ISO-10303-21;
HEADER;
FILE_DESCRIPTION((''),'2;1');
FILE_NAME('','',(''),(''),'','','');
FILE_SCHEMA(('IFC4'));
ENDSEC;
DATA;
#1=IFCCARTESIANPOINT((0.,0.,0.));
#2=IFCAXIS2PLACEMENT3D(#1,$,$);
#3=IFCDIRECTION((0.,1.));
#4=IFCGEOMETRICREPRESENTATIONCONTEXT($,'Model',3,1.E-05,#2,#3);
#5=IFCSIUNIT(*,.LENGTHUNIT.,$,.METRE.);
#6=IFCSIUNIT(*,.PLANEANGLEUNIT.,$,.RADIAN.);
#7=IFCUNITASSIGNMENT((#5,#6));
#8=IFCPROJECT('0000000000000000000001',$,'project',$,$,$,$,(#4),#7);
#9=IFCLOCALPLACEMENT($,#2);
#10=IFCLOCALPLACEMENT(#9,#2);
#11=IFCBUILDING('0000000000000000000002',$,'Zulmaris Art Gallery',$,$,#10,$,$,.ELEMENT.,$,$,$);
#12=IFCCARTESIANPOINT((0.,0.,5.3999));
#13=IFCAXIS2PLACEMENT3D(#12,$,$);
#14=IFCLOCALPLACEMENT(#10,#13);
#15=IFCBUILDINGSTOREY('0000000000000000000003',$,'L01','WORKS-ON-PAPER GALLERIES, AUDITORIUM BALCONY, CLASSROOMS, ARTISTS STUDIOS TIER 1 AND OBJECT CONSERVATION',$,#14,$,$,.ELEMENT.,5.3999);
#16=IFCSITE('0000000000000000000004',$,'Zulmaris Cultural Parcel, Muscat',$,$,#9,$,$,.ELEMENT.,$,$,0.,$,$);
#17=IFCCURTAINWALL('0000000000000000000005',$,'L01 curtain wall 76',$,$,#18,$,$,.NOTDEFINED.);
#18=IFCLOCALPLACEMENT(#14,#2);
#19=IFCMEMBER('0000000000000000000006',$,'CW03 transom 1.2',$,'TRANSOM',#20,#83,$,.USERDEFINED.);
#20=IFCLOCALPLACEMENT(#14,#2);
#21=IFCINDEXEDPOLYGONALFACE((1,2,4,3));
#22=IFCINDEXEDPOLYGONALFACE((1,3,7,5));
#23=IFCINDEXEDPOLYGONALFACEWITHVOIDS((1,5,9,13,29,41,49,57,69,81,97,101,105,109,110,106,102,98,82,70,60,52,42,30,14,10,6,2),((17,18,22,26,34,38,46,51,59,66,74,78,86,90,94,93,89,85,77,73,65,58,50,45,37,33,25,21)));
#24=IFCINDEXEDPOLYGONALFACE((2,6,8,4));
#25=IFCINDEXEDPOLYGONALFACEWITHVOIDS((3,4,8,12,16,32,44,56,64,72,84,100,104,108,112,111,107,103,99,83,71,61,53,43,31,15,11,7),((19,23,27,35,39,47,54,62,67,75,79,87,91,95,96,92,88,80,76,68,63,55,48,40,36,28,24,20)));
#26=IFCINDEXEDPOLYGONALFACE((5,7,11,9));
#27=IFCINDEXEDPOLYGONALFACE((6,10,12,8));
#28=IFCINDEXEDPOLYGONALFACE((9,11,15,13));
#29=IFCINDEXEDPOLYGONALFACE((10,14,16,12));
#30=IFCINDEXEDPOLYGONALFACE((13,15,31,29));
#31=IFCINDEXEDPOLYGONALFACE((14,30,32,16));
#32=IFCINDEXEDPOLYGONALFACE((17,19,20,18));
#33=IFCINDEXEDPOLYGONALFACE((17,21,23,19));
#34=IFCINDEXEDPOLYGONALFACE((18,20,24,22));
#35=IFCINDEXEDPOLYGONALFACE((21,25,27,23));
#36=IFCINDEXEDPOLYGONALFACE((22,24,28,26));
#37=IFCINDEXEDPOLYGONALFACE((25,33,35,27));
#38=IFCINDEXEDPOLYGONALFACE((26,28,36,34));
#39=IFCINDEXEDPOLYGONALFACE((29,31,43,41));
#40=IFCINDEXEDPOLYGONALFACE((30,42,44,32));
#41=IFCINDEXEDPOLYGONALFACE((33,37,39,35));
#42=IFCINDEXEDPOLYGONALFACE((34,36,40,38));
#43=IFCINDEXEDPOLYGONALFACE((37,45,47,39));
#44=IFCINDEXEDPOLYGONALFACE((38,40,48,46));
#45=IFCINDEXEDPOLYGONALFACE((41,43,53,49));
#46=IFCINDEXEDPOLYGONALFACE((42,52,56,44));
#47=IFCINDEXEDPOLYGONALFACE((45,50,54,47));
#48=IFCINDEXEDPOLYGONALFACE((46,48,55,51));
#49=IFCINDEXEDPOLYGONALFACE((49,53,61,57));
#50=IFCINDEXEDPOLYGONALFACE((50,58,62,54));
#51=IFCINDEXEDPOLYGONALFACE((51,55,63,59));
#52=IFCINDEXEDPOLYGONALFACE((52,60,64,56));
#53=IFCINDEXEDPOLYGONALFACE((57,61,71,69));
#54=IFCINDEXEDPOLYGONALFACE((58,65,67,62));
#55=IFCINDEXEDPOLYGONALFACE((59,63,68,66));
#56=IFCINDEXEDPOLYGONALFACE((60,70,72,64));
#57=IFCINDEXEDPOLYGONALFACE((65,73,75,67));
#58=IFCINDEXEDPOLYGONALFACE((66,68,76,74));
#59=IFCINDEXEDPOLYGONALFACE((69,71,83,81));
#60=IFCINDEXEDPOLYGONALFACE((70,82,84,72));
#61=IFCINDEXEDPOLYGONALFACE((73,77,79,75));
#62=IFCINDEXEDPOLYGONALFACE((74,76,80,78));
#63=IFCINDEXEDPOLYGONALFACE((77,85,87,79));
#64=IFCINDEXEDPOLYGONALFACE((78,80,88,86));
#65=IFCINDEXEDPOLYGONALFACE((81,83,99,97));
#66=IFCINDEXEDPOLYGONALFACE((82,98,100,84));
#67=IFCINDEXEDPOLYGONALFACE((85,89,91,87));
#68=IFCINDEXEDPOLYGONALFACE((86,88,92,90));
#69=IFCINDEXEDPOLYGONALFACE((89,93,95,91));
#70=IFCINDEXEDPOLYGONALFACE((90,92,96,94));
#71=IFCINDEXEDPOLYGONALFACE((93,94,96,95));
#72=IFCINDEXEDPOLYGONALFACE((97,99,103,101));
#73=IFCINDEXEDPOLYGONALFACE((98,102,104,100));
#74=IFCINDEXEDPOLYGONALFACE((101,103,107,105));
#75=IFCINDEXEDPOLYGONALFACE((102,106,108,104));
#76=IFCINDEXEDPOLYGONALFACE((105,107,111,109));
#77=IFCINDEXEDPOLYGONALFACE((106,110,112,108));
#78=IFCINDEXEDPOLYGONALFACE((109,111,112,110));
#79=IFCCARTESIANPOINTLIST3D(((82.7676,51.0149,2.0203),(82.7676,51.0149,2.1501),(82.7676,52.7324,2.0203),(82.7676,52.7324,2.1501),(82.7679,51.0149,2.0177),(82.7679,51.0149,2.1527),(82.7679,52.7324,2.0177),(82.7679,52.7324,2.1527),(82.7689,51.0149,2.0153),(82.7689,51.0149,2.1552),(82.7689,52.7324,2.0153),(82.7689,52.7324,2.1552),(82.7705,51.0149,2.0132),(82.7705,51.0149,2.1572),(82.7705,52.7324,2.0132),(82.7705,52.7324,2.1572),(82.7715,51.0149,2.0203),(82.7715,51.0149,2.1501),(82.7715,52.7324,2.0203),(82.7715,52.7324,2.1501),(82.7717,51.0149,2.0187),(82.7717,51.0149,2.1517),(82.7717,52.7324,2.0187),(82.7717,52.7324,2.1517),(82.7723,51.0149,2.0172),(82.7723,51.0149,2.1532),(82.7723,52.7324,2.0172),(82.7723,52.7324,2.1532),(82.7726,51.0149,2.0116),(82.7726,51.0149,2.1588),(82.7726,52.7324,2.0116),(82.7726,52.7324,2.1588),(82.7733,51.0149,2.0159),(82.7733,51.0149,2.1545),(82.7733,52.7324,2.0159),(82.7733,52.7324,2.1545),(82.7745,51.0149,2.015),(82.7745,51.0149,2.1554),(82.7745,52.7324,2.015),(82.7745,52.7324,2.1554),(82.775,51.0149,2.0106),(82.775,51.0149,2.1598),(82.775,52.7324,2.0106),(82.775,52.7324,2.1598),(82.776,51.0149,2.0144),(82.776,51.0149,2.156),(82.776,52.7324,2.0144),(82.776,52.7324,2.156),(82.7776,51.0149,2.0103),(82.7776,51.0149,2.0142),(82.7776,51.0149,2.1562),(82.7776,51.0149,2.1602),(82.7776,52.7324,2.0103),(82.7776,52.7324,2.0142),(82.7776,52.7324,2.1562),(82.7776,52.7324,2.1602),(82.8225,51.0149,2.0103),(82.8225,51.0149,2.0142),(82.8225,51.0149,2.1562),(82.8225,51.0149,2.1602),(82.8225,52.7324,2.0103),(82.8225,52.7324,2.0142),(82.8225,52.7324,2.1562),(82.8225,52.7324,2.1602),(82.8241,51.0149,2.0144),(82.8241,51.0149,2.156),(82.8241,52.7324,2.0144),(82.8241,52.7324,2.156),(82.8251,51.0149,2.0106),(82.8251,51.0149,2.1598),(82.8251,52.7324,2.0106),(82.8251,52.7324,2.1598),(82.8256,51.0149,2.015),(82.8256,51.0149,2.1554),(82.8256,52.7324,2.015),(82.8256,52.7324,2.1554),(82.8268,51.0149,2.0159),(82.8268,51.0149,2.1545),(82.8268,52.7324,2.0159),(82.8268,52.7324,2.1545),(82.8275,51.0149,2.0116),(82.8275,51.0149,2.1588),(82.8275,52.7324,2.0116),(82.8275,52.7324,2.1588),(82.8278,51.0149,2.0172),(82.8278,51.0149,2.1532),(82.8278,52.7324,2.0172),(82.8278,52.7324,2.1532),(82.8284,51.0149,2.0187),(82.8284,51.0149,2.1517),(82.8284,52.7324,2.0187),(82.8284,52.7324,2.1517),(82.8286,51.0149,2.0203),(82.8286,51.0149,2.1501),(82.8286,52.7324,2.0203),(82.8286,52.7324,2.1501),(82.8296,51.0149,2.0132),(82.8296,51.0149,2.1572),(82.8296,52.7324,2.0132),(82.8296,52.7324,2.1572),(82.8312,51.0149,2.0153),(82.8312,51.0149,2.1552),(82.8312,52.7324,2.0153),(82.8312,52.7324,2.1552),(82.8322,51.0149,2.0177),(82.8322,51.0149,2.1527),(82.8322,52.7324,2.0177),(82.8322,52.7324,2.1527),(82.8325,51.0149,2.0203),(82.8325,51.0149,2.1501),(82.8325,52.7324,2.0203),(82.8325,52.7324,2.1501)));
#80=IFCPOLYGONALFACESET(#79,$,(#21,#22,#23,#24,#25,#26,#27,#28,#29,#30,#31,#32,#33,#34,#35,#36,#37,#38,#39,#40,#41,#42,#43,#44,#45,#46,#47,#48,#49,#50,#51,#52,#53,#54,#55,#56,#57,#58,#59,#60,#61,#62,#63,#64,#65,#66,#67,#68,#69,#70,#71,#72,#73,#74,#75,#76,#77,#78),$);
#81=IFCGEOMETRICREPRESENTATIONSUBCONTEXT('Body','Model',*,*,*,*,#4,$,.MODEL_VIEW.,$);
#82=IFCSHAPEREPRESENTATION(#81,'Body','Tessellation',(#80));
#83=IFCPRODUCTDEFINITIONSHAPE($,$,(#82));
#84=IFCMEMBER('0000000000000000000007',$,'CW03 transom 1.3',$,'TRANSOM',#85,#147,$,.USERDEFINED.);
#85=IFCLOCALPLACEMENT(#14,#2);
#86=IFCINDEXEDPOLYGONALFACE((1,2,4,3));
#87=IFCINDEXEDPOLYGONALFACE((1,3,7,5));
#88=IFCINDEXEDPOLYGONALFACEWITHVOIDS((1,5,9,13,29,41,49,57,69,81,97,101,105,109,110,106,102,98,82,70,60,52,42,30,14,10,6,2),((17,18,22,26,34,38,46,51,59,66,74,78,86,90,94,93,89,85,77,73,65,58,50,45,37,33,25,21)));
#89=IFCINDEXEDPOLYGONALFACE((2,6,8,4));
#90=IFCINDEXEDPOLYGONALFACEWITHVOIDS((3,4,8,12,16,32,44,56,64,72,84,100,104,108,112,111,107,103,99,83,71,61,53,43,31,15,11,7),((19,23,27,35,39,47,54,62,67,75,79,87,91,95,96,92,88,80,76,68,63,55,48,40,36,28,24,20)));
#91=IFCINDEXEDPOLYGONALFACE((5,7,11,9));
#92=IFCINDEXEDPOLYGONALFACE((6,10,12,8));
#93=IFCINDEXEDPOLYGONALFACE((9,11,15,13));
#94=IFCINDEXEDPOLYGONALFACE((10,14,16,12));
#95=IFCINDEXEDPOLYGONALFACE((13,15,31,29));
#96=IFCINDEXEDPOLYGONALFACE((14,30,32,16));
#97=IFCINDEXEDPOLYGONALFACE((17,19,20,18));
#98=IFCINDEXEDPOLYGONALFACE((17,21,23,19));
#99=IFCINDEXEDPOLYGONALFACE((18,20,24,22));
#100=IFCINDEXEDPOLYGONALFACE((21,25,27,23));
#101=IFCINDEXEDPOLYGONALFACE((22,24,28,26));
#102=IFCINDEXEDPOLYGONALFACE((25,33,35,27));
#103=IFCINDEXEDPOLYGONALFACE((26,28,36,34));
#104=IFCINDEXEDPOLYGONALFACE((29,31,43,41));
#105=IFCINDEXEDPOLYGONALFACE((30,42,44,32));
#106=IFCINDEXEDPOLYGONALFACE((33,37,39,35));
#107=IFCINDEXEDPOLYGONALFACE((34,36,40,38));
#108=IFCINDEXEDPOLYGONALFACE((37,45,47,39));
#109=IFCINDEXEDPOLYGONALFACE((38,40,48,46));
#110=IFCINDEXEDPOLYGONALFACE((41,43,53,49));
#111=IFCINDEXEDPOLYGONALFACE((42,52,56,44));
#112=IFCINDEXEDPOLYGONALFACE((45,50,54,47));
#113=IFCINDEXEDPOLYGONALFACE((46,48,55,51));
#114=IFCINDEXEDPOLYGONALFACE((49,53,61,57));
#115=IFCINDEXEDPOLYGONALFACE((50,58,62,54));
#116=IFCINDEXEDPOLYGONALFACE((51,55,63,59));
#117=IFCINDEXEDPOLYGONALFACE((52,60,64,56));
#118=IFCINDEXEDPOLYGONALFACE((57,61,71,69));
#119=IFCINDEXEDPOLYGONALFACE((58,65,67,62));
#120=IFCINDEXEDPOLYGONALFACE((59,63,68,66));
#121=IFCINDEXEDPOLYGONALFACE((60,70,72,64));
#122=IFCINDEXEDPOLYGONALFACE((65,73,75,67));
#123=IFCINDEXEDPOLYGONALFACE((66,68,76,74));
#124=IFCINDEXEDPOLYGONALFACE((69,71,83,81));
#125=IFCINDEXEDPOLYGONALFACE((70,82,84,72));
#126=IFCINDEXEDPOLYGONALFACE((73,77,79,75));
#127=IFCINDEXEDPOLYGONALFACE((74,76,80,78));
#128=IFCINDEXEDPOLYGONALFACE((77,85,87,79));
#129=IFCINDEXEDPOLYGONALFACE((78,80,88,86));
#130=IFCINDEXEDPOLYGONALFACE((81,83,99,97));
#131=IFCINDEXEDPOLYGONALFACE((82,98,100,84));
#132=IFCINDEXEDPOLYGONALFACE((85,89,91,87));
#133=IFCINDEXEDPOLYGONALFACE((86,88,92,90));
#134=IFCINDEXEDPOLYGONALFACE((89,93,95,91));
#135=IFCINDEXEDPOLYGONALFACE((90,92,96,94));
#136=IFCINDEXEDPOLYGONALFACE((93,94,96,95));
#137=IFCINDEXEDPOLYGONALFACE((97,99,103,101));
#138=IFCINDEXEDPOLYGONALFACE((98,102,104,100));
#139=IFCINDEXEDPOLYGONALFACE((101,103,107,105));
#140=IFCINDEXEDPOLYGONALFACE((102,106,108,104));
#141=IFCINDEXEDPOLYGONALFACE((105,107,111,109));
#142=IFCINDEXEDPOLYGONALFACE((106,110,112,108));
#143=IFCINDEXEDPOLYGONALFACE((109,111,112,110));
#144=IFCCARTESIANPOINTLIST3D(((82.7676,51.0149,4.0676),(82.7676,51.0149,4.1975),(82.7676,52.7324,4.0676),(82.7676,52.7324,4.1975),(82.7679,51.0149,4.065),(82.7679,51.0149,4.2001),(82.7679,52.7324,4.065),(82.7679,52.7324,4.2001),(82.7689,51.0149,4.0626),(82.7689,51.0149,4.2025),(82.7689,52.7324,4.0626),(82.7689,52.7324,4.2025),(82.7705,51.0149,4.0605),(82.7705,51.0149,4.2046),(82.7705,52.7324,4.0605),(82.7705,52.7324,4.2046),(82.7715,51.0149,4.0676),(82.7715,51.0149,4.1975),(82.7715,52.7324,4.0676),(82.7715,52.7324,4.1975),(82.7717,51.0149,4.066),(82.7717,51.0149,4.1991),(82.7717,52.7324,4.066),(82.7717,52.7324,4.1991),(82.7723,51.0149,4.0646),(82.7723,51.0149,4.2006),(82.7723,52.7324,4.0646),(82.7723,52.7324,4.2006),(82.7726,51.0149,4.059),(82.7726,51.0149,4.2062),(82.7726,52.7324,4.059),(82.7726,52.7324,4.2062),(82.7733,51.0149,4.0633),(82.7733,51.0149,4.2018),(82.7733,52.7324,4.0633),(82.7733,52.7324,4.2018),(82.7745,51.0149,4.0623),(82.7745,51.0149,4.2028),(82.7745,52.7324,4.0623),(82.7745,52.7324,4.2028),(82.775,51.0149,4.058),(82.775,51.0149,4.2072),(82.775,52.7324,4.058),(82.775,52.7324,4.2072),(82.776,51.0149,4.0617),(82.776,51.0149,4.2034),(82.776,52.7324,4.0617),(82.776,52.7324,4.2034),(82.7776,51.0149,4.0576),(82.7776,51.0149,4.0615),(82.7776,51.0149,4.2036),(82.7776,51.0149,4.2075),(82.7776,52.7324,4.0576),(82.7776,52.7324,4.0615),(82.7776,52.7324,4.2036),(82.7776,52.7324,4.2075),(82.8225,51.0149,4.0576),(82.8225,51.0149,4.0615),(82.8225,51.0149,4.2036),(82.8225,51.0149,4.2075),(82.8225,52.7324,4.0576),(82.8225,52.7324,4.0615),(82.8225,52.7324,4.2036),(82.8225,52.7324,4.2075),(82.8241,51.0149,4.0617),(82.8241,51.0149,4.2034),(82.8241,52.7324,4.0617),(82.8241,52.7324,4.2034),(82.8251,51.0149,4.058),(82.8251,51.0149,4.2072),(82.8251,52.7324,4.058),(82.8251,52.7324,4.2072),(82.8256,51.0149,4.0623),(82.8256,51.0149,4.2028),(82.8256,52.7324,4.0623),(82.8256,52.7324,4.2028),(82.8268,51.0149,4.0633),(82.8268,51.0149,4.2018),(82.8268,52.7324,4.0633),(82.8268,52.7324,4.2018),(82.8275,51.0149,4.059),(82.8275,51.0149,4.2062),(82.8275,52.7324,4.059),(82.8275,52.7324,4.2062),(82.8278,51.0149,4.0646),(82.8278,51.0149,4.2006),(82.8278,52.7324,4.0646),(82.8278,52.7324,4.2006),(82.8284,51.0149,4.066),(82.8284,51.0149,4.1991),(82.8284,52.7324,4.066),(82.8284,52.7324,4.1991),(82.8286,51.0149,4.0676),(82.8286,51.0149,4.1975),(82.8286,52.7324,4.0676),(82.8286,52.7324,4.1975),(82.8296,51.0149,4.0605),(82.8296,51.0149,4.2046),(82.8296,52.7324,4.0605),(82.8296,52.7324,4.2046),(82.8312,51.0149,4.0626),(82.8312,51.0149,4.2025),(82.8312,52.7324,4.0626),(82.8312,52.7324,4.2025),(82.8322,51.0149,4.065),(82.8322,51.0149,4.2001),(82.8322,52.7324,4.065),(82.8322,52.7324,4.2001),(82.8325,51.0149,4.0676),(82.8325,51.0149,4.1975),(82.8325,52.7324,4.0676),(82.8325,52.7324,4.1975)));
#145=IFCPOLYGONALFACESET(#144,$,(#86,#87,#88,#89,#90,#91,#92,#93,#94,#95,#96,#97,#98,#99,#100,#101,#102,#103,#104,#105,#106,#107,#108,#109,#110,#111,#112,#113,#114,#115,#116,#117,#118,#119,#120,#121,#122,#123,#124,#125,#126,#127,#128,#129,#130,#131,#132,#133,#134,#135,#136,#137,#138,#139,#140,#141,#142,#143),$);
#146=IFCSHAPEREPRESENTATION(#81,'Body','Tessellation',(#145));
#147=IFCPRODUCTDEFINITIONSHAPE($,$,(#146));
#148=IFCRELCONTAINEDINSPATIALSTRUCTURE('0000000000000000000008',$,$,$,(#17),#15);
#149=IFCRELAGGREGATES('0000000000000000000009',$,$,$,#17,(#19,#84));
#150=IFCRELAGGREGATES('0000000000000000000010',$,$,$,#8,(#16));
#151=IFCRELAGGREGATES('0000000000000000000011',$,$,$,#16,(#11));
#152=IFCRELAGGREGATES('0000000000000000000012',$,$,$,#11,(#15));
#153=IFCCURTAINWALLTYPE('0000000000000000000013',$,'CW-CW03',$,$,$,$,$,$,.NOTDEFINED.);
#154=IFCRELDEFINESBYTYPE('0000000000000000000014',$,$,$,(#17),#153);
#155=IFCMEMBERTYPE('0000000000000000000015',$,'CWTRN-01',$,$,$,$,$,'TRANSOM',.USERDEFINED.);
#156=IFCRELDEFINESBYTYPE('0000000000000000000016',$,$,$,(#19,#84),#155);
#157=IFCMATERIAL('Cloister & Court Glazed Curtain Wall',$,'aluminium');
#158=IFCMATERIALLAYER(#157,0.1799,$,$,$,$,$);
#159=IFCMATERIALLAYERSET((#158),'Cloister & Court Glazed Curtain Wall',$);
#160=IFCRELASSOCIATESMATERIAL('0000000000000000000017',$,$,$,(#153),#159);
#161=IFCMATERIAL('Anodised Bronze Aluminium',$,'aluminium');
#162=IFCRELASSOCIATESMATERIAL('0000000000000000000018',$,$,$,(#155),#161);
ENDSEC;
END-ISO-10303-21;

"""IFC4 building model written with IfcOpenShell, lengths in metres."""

from ifc_helpers import new_model, si_unit, direction, frame, origin, origin_2d, place, context, subcontext, project, spatial, hollow_rectangle, extrude, material, layer, layer_set, material_profile, profile_set, type_object, element, aggregate, save


model = new_model("IFC4")

# Units and contexts
model_context = context("Model", 3, precision=1e-05, world=origin(), true_north=direction((0.0, 1.0)))
body_context = subcontext(model_context, "Body", "Model", "MODEL_VIEW")
ifc_project = project(units=[si_unit("LENGTHUNIT", "METRE"), si_unit("PLANEANGLEUNIT", "RADIAN")], contexts=[model_context])

# Site, building, storey
site_placement = place(None, origin())
site = spatial("IfcSite", under=ifc_project, at=site_placement, Name="Zulmaris Cultural Parcel, Muscat", CompositionType="ELEMENT", RefElevation=0.0)
building_placement = place(site_placement, origin())
building = spatial("IfcBuilding", under=site, at=building_placement, Name="Zulmaris Art Gallery", CompositionType="ELEMENT")
storey_placement = place(building_placement, frame((0.0, 0.0, 5.3999)))
storey = spatial("IfcBuildingStorey", under=building, at=storey_placement, Name="L01", Description="WORKS-ON-PAPER GALLERIES, AUDITORIUM BALCONY, CLASSROOMS, ARTISTS STUDIOS TIER 1 AND OBJECT CONSERVATION", CompositionType="ELEMENT", Elevation=5.3999)

# Shared definitions
ifc_material_1 = material(Name="Cloister & Court Glazed Curtain Wall", Category="aluminium")
ifc_layer_1 = layer(ifc_material_1, 0.1799)
ifc_layer_set_1 = layer_set([ifc_layer_1], Name="Cloister & Court Glazed Curtain Wall")
curtain_wall_type = type_object("IfcCurtainWallType", Name="CW-CW03", PredefinedType="NOTDEFINED", material=ifc_layer_set_1)
ifc_material_2 = material(Name="Anodised Bronze Aluminium", Category="aluminium")

# Curtain wall
curtain_wall_1_placement = place(storey_placement, origin())
curtain_wall_1 = element("IfcCurtainWall", 1, at=curtain_wall_1_placement, inside=storey, type_object=curtain_wall_type, Name="L01 curtain wall 76", PredefinedType="NOTDEFINED")

# Members
ifc_material_profile_1 = material_profile(ifc_material_2, hollow_rectangle(XDim=0.0649, YDim=0.1499, WallThickness=0.0039, InnerFilletRadius=0.0061, OuterFilletRadius=0.01, at=origin_2d()), Name="ALU 65x150x4")
ifc_profile_set_1 = profile_set([ifc_material_profile_1], Name="Anodised Bronze Aluminium")
member_type_1 = type_object("IfcMemberType", Name="CWTRN-01", ElementType="TRANSOM", PredefinedType="USERDEFINED", material=ifc_profile_set_1)
member_1_placement = place(storey_placement, frame((82.8, 51.0149, 2.0852), z_axis=(0.0, 1.0, 0.0), x_axis=(-1.0, 0.0, 0.0)))
member_1 = element("IfcMember", 2, at=member_1_placement, type_object=member_type_1, Name="CW03 transom 1.2", ObjectType="TRANSOM", PredefinedType="USERDEFINED", context=body_context, shape_type="SweptSolid", body=[
    extrude(hollow_rectangle(XDim=0.0649, YDim=0.1499, WallThickness=0.0039, InnerFilletRadius=0.0061, OuterFilletRadius=0.01, at=origin_2d()), origin(), (0.0, 0.0, 1.0), 1.7175),
])
member_2_placement = place(storey_placement, frame((82.8, 51.0149, 4.1326), z_axis=(0.0, 1.0, 0.0), x_axis=(-1.0, 0.0, 0.0)))
member_2 = element("IfcMember", 3, at=member_2_placement, type_object=member_type_1, Name="CW03 transom 1.3", ObjectType="TRANSOM", PredefinedType="USERDEFINED", context=body_context, shape_type="SweptSolid", body=[
    extrude(hollow_rectangle(XDim=0.0649, YDim=0.1499, WallThickness=0.0039, InnerFilletRadius=0.0061, OuterFilletRadius=0.01, at=origin_2d()), origin(), (0.0, 0.0, 1.0), 1.7175),
])

aggregate(curtain_wall_1, [member_1, member_2])

save(model, "model.ifc")
